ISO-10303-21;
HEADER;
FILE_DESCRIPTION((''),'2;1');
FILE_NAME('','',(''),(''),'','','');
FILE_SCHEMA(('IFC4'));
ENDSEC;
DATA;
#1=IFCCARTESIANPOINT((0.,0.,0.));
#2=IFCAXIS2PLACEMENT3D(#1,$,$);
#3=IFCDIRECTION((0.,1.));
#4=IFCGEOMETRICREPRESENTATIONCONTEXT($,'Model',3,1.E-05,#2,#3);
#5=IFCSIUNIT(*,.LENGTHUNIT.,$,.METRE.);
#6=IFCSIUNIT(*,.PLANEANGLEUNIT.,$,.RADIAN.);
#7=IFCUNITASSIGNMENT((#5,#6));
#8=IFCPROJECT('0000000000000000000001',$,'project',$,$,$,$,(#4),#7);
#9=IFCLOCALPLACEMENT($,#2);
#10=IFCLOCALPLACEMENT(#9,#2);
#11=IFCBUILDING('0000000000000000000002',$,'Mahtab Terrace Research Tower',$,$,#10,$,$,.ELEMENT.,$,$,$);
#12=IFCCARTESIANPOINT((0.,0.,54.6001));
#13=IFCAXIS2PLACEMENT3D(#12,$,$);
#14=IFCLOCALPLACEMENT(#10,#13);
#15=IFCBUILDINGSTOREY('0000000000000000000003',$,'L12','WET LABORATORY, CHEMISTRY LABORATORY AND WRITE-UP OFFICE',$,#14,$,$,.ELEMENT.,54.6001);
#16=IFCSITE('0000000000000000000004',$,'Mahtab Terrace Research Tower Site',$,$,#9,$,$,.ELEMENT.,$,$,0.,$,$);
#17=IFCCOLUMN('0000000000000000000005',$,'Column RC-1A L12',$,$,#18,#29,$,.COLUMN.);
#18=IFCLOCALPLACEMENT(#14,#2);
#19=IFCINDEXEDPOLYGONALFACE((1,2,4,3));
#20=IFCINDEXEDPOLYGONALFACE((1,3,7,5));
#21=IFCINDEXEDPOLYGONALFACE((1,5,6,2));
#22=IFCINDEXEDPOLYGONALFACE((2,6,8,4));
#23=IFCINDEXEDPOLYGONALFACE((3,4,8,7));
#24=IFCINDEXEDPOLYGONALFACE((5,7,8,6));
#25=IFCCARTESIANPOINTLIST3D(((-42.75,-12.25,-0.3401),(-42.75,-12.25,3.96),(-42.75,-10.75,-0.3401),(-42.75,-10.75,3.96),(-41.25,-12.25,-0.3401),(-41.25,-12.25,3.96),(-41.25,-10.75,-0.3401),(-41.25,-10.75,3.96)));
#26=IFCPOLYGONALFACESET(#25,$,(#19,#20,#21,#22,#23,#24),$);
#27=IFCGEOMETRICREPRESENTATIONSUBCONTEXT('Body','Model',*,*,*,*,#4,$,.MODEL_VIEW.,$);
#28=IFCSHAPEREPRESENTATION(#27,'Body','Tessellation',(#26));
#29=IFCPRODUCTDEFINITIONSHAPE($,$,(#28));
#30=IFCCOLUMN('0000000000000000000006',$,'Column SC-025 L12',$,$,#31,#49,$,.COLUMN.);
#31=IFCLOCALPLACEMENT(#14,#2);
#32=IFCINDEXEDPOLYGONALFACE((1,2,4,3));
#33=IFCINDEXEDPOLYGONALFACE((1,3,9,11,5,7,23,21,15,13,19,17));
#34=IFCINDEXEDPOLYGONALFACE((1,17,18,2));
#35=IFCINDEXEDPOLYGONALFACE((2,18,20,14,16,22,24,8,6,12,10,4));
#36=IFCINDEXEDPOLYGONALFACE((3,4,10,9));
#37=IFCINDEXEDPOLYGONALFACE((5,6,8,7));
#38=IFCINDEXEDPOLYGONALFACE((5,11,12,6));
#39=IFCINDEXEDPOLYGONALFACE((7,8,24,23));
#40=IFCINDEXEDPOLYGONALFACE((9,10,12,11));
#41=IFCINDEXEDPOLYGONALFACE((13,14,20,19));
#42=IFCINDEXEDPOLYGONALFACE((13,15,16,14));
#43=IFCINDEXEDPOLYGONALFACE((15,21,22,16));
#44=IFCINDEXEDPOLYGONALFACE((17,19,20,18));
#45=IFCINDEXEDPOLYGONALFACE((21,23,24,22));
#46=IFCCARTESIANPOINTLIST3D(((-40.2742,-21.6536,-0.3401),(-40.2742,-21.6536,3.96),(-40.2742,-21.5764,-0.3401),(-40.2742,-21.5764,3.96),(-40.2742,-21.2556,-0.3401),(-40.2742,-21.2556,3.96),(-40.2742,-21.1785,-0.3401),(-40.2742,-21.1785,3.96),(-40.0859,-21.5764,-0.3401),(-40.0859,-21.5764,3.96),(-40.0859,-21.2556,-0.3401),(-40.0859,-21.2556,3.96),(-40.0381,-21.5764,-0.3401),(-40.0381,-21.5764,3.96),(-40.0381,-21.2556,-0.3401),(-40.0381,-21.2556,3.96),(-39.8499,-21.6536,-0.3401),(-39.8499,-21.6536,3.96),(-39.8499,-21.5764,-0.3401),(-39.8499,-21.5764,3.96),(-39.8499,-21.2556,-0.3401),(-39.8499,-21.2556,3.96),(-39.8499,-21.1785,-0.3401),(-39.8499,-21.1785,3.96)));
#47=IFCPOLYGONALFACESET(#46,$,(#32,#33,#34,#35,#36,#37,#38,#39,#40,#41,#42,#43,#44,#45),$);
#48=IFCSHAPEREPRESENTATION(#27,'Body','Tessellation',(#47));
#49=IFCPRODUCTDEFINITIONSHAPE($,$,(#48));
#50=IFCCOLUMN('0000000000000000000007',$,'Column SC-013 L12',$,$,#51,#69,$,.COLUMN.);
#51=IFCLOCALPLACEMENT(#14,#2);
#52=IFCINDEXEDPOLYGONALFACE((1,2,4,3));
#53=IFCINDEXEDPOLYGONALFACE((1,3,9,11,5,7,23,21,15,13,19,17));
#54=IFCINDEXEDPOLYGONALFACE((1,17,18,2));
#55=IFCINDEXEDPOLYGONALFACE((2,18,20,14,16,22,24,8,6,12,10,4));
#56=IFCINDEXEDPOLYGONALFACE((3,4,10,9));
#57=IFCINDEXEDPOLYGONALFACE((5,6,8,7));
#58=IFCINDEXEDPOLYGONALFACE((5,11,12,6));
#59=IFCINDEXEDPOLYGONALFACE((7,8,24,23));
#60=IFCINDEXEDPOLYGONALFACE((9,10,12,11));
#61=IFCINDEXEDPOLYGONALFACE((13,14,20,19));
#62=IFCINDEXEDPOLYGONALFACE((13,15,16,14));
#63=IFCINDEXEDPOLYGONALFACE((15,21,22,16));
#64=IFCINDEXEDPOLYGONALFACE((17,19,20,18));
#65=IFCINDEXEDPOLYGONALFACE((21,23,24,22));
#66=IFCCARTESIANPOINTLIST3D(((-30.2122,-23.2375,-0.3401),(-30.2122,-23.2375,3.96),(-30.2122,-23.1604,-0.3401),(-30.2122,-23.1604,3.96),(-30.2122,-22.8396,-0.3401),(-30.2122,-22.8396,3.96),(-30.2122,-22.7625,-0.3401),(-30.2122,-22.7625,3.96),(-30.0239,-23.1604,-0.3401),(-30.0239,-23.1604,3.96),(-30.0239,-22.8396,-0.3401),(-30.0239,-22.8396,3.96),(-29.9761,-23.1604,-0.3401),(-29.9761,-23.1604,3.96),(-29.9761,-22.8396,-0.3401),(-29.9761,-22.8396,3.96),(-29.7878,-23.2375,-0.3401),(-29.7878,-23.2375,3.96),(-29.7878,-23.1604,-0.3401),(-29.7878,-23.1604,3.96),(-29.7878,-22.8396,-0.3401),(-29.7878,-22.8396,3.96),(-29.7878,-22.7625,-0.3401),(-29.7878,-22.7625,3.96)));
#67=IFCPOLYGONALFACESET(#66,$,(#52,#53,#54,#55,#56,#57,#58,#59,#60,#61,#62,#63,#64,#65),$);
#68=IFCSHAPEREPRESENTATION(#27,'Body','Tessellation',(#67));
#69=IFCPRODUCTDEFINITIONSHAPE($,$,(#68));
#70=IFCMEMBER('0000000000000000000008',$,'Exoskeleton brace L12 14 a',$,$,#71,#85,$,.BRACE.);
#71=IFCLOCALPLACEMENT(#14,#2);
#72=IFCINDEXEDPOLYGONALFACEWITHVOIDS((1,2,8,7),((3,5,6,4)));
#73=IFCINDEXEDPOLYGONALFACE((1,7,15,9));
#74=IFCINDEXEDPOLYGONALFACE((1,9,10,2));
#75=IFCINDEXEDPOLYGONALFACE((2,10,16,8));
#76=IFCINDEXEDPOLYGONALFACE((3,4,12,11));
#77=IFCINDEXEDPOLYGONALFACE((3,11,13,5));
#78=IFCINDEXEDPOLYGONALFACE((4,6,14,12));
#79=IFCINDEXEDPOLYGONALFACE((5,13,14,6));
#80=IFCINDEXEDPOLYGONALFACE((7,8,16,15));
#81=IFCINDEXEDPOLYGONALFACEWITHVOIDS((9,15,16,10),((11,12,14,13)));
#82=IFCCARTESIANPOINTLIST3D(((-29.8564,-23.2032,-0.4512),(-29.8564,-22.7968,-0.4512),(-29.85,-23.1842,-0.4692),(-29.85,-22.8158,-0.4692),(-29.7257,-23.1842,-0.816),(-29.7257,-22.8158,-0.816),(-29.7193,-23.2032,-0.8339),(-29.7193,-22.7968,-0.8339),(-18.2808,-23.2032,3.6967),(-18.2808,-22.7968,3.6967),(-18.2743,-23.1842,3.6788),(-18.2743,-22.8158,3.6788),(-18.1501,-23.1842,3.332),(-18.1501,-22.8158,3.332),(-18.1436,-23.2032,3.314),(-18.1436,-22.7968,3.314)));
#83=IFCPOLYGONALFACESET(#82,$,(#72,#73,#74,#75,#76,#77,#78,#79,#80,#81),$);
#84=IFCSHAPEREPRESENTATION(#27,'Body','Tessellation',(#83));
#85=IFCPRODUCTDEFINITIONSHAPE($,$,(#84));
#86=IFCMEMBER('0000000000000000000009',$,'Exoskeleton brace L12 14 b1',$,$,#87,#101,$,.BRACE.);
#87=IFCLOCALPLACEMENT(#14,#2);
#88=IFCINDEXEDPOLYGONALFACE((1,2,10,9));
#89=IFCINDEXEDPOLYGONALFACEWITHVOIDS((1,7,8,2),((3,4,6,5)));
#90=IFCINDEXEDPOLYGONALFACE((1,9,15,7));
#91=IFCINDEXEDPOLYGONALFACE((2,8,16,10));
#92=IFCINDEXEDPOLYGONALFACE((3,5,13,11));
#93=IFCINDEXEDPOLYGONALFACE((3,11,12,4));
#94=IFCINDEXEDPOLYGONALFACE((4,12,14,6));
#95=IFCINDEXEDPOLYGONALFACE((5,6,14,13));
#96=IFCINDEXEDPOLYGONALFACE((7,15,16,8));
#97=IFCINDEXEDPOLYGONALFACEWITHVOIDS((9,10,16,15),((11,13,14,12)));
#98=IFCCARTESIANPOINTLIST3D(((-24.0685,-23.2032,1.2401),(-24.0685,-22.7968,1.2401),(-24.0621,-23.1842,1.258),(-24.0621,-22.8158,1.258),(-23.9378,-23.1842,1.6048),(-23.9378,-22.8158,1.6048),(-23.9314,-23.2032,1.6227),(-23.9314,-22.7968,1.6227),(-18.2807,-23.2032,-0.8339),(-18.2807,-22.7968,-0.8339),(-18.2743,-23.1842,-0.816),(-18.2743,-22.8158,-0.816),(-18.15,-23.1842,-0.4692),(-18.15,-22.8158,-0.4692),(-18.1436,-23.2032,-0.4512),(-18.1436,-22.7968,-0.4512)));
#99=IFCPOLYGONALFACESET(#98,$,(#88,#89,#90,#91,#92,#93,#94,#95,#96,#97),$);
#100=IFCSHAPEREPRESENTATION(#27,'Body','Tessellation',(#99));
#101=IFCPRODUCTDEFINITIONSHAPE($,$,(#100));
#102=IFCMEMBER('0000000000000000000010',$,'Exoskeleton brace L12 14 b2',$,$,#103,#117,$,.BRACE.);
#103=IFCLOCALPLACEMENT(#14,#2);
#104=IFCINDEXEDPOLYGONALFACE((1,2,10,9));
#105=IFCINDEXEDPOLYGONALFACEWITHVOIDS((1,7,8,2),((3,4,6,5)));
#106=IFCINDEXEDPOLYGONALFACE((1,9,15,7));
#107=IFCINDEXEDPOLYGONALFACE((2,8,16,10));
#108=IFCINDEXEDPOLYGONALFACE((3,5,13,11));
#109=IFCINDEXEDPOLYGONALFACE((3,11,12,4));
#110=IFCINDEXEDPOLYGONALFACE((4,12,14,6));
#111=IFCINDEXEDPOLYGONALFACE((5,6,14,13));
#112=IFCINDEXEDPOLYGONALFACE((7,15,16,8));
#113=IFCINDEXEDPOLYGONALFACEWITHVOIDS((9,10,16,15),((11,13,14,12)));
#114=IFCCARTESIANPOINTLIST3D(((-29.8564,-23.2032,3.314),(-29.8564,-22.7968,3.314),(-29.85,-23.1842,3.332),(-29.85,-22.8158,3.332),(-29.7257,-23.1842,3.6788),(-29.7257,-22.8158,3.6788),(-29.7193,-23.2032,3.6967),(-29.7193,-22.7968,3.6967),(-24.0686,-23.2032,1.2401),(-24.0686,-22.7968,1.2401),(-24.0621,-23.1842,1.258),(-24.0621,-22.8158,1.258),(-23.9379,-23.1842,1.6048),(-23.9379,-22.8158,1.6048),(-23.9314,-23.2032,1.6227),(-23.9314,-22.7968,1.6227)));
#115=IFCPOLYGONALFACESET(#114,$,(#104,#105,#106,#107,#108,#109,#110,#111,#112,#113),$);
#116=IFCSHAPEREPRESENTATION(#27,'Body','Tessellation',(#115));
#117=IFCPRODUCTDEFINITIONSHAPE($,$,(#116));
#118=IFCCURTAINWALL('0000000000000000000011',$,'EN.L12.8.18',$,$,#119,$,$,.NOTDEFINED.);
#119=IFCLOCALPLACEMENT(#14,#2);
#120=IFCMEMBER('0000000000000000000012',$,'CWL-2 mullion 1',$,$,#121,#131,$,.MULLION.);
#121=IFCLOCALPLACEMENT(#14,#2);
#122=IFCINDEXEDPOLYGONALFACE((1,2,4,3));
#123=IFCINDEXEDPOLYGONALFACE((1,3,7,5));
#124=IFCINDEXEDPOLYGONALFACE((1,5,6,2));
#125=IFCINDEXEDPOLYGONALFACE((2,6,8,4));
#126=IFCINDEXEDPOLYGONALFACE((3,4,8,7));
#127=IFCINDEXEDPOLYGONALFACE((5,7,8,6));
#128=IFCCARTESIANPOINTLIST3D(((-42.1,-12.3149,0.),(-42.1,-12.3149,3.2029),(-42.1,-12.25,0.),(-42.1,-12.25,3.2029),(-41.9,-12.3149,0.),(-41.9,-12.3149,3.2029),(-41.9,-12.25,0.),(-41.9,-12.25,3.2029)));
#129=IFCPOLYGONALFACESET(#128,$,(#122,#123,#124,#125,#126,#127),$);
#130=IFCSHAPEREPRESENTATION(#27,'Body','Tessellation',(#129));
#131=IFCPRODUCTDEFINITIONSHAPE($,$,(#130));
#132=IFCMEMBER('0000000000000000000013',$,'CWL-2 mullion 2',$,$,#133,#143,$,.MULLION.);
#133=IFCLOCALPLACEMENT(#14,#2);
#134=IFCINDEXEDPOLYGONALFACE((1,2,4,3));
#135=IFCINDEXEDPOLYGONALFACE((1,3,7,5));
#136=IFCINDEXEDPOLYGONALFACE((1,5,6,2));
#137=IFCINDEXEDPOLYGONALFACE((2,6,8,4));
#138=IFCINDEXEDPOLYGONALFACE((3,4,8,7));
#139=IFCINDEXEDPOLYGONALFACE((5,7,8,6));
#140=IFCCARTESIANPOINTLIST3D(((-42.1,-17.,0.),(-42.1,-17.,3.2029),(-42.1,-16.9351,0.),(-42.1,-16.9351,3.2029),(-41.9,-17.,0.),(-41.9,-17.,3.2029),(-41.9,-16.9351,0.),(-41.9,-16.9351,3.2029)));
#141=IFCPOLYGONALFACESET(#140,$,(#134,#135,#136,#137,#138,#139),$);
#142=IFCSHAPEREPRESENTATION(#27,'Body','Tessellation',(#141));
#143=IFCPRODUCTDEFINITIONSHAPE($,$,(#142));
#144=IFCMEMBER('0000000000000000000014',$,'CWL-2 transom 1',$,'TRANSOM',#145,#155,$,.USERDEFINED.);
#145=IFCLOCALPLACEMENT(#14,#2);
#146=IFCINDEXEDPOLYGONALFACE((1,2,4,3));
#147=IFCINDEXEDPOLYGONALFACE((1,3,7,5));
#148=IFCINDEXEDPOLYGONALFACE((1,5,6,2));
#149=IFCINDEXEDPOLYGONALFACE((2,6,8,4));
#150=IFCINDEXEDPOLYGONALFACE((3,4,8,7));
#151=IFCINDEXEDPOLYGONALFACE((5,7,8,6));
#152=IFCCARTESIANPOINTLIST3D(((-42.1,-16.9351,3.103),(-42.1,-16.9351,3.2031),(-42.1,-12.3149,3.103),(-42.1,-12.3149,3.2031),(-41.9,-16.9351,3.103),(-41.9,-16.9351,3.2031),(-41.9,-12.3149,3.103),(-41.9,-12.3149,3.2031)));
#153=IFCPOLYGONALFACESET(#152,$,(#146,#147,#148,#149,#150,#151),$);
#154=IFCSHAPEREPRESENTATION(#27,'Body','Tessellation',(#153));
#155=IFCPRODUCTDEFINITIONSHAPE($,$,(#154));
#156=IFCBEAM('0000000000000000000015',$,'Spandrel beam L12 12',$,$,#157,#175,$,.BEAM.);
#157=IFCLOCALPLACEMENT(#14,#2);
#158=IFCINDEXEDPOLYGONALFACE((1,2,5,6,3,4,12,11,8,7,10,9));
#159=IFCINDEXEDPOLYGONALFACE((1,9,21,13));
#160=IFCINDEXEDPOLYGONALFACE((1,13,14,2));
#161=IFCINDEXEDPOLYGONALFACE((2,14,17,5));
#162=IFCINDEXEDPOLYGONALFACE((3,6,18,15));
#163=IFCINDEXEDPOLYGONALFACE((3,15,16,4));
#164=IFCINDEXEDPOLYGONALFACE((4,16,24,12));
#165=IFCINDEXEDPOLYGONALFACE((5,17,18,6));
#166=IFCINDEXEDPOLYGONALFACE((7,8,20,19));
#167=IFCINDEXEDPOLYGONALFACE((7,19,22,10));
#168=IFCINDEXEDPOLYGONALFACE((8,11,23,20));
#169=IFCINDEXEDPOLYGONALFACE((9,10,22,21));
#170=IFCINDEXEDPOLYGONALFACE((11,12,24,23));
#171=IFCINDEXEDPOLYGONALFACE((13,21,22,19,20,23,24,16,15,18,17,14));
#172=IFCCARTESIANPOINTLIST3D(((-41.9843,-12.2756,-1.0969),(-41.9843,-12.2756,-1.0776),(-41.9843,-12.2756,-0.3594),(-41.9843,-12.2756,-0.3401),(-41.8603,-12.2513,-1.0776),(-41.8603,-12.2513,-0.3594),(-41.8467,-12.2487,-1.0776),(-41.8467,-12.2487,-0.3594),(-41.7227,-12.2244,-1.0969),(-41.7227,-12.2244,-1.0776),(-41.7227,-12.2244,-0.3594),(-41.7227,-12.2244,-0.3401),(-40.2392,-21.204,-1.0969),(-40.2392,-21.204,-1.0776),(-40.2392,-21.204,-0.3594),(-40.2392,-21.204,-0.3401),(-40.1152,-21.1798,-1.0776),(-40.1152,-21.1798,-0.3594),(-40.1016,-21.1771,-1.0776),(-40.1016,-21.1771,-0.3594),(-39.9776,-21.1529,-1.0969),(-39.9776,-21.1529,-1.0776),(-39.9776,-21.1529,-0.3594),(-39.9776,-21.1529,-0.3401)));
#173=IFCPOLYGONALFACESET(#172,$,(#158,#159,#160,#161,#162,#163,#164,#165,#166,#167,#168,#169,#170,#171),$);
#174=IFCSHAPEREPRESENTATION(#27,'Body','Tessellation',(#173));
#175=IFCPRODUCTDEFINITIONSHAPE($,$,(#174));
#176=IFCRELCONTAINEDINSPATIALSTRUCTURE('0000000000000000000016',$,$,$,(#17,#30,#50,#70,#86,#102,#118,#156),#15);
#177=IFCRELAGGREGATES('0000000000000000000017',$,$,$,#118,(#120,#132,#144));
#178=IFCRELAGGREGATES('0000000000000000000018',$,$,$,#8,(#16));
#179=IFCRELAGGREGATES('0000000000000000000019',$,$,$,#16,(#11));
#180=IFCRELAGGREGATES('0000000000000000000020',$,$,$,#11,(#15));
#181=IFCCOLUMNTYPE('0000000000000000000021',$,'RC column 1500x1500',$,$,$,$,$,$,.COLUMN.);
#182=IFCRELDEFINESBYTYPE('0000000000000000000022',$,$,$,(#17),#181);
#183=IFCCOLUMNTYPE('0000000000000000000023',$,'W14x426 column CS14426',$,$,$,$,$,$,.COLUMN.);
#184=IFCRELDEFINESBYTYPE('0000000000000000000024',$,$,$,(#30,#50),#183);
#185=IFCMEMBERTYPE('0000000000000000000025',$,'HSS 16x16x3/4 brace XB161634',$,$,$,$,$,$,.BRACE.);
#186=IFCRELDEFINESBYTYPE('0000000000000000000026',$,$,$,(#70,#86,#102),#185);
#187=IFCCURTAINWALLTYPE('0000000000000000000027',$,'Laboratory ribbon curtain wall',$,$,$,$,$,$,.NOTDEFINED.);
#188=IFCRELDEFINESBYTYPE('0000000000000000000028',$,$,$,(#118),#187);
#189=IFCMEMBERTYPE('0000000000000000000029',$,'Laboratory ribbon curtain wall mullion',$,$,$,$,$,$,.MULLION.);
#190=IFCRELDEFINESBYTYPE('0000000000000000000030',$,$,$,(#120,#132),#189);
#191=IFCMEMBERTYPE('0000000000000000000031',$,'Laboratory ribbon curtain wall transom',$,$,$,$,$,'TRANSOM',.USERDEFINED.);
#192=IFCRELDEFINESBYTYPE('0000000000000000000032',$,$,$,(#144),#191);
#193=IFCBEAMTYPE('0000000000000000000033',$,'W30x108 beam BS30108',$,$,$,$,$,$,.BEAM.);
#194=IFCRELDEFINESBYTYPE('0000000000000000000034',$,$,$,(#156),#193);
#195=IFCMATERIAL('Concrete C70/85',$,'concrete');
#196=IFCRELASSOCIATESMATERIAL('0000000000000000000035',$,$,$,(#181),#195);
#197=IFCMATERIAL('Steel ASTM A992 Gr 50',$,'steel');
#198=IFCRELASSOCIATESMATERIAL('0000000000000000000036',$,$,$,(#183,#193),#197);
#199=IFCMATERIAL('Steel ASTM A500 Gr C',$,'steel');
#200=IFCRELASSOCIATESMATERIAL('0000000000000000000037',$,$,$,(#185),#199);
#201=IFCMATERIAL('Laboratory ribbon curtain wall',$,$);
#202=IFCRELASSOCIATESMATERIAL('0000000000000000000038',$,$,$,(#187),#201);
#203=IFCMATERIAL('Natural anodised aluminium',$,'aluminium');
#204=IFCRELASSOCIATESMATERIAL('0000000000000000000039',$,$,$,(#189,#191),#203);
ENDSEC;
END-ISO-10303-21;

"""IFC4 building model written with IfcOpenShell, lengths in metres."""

from ifc_helpers import new_model, si_unit, direction, frame, origin, origin_2d, place, context, subcontext, project, spatial, rectangle, hollow_rectangle, i_section, extrude, material, material_profile, profile_set, type_object, element, aggregate, save


model = new_model("IFC4")

# Units and contexts
model_context = context("Model", 3, precision=1e-05, world=origin(), true_north=direction((0.0, 1.0)))
body_context = subcontext(model_context, "Body", "Model", "MODEL_VIEW")
ifc_project = project(units=[si_unit("LENGTHUNIT", "METRE"), si_unit("PLANEANGLEUNIT", "RADIAN")], contexts=[model_context])

# Site, building, storey
site_placement = place(None, origin())
site = spatial("IfcSite", under=ifc_project, at=site_placement, Name="Mahtab Terrace Research Tower Site", CompositionType="ELEMENT", RefElevation=0.0)
building_placement = place(site_placement, origin())
building = spatial("IfcBuilding", under=site, at=building_placement, Name="Mahtab Terrace Research Tower", CompositionType="ELEMENT")
storey_placement = place(building_placement, frame((0.0, 0.0, 54.6001)))
storey = spatial("IfcBuildingStorey", under=building, at=storey_placement, Name="L12", Description="WET LABORATORY, CHEMISTRY LABORATORY AND WRITE-UP OFFICE", CompositionType="ELEMENT", Elevation=54.6001)

# Columns
ifc_material_1 = material(Name="Concrete C70/85", Category="concrete")
ifc_material_profile_1 = material_profile(ifc_material_1, rectangle(XDim=1.5, YDim=1.5, at=origin_2d()), Name="RC column 1500x1500")
ifc_profile_set_1 = profile_set([ifc_material_profile_1], Name="Concrete C70/85")
column_type_1 = type_object("IfcColumnType", Name="RC column 1500x1500", PredefinedType="COLUMN", material=ifc_profile_set_1)
column_placement = place(storey_placement, frame((-42.0, -11.5, -0.3401), z_axis=(0.0, 0.0, 1.0), x_axis=(1.0, 0.0, 0.0)))
element("IfcColumn", 1, at=column_placement, inside=storey, type_object=column_type_1, Name="Column RC-1A L12", PredefinedType="COLUMN", context=body_context, shape_type="SweptSolid", body=[
    extrude(rectangle(XDim=1.5, YDim=1.5, at=origin_2d()), origin(), (0.0, 0.0, 1.0), 4.3),
])
ifc_material_2 = material(Name="Steel ASTM A992 Gr 50", Category="steel")
ifc_material_profile_2 = material_profile(ifc_material_2, i_section(OverallWidth=0.4243, OverallDepth=0.4751, WebThickness=0.0479, FlangeThickness=0.0771, at=origin_2d()), Name="W14X426")
ifc_profile_set_2 = profile_set([ifc_material_profile_2], Name="Steel ASTM A992 Gr 50")
column_type_2 = type_object("IfcColumnType", Name="W14x426 column CS14426", PredefinedType="COLUMN", material=ifc_profile_set_2)
for number, where, z_axis, x_axis, name in (
    (2, (-40.062, -21.416, -0.3401), (0.0, 0.0, 1.0), (1.0, 0.0, 0.0), "Column SC-025 L12"),
    (3, (-30.0, -23.0, -0.3401), (0.0, 0.0, 1.0), (1.0, 0.0, 0.0), "Column SC-013 L12"),
):
    element("IfcColumn", number, at=place(storey_placement, frame(where, z_axis=z_axis, x_axis=x_axis)), inside=storey, type_object=column_type_2, Name=name, PredefinedType="COLUMN", context=body_context, shape_type="SweptSolid", body=[
        extrude(i_section(OverallWidth=0.4243, OverallDepth=0.4751, WebThickness=0.0479, FlangeThickness=0.0771, at=origin_2d()), origin(), (0.0, 0.0, 1.0), 4.3),
    ])

# Members
ifc_material_3 = material(Name="Steel ASTM A500 Gr C", Category="steel")
ifc_material_profile_3 = material_profile(ifc_material_3, hollow_rectangle(XDim=0.4065, YDim=0.4065, WallThickness=0.019, at=origin_2d()), Name="HSS16X16X3/4")
ifc_profile_set_3 = profile_set([ifc_material_profile_3], Name="Steel ASTM A500 Gr C")
member_type_1 = type_object("IfcMemberType", Name="HSS 16x16x3/4 brace XB161634", PredefinedType="BRACE", material=ifc_profile_set_3)
member_1_placement = place(storey_placement, frame((-29.7878, -23.0, -0.6426), z_axis=(0.941387, 0.0, 0.33733), x_axis=(0.0, 1.0, 0.0)))
element("IfcMember", 4, at=member_1_placement, inside=storey, type_object=member_type_1, Name="Exoskeleton brace L12 14 a", PredefinedType="BRACE", context=body_context, shape_type="SweptSolid", body=[
    extrude(hollow_rectangle(XDim=0.4065, YDim=0.4065, WallThickness=0.019, at=origin_2d()), origin(), (0.0, 0.0, 1.0), 12.2964),
])
for number, where, z_axis, x_axis, name in (
    (5, (-18.2122, -23.0, -0.6426), (-0.941387, 0.0, 0.33733), (0.0, -1.0, 0.0), "Exoskeleton brace L12 14 b1"),
    (6, (-24.0, -23.0, 1.4314), (-0.941387, 0.0, 0.33733), (0.0, -1.0, 0.0), "Exoskeleton brace L12 14 b2"),
):
    element("IfcMember", number, at=place(storey_placement, frame(where, z_axis=z_axis, x_axis=x_axis)), inside=storey, type_object=member_type_1, Name=name, PredefinedType="BRACE", context=body_context, shape_type="SweptSolid", body=[
        extrude(hollow_rectangle(XDim=0.4065, YDim=0.4065, WallThickness=0.019, at=origin_2d()), origin(), (0.0, 0.0, 1.0), 6.1482),
    ])

# Curtain wall, members
ifc_material_4 = material(Name="Laboratory ribbon curtain wall")
curtain_wall_type = type_object("IfcCurtainWallType", Name="Laboratory ribbon curtain wall", PredefinedType="NOTDEFINED", material=ifc_material_4)
curtain_wall_placement = place(storey_placement, origin())
curtain_wall = element("IfcCurtainWall", 7, at=curtain_wall_placement, inside=storey, type_object=curtain_wall_type, Name="EN.L12.8.18", PredefinedType="NOTDEFINED")
ifc_material_5 = material(Name="Natural anodised aluminium", Category="aluminium")
ifc_material_profile_4 = material_profile(ifc_material_5, rectangle(XDim=0.2, YDim=0.0649, at=origin_2d()), Name="MULLION 65x200")
ifc_profile_set_4 = profile_set([ifc_material_profile_4], Name="Natural anodised aluminium")
member_type_2 = type_object("IfcMemberType", Name="Laboratory ribbon curtain wall mullion", PredefinedType="MULLION", material=ifc_profile_set_4)
member_2_placement = place(storey_placement, frame((-42.0, -12.2825, 0.0), z_axis=(0.0, 0.0, 1.0), x_axis=(1.0, 0.0, 0.0)))
member_2 = element("IfcMember", 8, at=member_2_placement, type_object=member_type_2, Name="CWL-2 mullion 1", PredefinedType="MULLION", context=body_context, shape_type="SweptSolid", body=[
    extrude(rectangle(XDim=0.2, YDim=0.0649, at=origin_2d()), origin(), (0.0, 0.0, 1.0), 3.2029),
])
member_3_placement = place(storey_placement, frame((-42.0, -16.9675, 0.0), z_axis=(0.0, 0.0, 1.0), x_axis=(1.0, 0.0, 0.0)))
member_3 = element("IfcMember", 9, at=member_3_placement, type_object=member_type_2, Name="CWL-2 mullion 2", PredefinedType="MULLION", context=body_context, shape_type="SweptSolid", body=[
    extrude(rectangle(XDim=0.2, YDim=0.0649, at=origin_2d()), origin(), (0.0, 0.0, 1.0), 3.2029),
])
ifc_material_profile_5 = material_profile(ifc_material_5, rectangle(XDim=0.2, YDim=0.1001, at=origin_2d()), Name="TRANSOM 100x200")
ifc_profile_set_5 = profile_set([ifc_material_profile_5], Name="Natural anodised aluminium")
member_type_3 = type_object("IfcMemberType", Name="Laboratory ribbon curtain wall transom", ElementType="TRANSOM", PredefinedType="USERDEFINED", material=ifc_profile_set_5)
member_4_placement = place(storey_placement, frame((-42.0, -12.3149, 3.1531), z_axis=(0.0, -1.0, 0.0), x_axis=(1.0, 0.0, 0.0)))
member_4 = element("IfcMember", 10, at=member_4_placement, type_object=member_type_3, Name="CWL-2 transom 1", ObjectType="TRANSOM", PredefinedType="USERDEFINED", context=body_context, shape_type="SweptSolid", body=[
    extrude(rectangle(XDim=0.2, YDim=0.1001, at=origin_2d()), origin(), (0.0, 0.0, 1.0), 4.6201),
])

# Beam
ifc_material_profile_6 = material_profile(ifc_material_2, i_section(OverallWidth=0.2666, OverallDepth=0.7568, WebThickness=0.0139, FlangeThickness=0.0193, at=origin_2d()), Name="W30X108")
ifc_profile_set_6 = profile_set([ifc_material_profile_6], Name="Steel ASTM A992 Gr 50")
beam_type = type_object("IfcBeamType", Name="W30x108 beam BS30108", PredefinedType="BEAM", material=ifc_profile_set_6)
beam_1_placement = place(storey_placement, frame((-41.8535, -12.25, -0.7185), z_axis=(0.191826, -0.981429, 0.0), x_axis=(0.981429, 0.191826, 0.0)))
element("IfcBeam", 11, at=beam_1_placement, inside=storey, type_object=beam_type, Name="Spandrel beam L12 12", PredefinedType="BEAM", context=body_context, shape_type="SweptSolid", body=[
    extrude(i_section(OverallWidth=0.2666, OverallDepth=0.7568, WebThickness=0.0139, FlangeThickness=0.0193, at=origin_2d()), origin(), (0.0, 0.0, 1.0), 9.0974),
])

aggregate(curtain_wall, [member_2, member_3, member_4])

save(model, "model.ifc")
